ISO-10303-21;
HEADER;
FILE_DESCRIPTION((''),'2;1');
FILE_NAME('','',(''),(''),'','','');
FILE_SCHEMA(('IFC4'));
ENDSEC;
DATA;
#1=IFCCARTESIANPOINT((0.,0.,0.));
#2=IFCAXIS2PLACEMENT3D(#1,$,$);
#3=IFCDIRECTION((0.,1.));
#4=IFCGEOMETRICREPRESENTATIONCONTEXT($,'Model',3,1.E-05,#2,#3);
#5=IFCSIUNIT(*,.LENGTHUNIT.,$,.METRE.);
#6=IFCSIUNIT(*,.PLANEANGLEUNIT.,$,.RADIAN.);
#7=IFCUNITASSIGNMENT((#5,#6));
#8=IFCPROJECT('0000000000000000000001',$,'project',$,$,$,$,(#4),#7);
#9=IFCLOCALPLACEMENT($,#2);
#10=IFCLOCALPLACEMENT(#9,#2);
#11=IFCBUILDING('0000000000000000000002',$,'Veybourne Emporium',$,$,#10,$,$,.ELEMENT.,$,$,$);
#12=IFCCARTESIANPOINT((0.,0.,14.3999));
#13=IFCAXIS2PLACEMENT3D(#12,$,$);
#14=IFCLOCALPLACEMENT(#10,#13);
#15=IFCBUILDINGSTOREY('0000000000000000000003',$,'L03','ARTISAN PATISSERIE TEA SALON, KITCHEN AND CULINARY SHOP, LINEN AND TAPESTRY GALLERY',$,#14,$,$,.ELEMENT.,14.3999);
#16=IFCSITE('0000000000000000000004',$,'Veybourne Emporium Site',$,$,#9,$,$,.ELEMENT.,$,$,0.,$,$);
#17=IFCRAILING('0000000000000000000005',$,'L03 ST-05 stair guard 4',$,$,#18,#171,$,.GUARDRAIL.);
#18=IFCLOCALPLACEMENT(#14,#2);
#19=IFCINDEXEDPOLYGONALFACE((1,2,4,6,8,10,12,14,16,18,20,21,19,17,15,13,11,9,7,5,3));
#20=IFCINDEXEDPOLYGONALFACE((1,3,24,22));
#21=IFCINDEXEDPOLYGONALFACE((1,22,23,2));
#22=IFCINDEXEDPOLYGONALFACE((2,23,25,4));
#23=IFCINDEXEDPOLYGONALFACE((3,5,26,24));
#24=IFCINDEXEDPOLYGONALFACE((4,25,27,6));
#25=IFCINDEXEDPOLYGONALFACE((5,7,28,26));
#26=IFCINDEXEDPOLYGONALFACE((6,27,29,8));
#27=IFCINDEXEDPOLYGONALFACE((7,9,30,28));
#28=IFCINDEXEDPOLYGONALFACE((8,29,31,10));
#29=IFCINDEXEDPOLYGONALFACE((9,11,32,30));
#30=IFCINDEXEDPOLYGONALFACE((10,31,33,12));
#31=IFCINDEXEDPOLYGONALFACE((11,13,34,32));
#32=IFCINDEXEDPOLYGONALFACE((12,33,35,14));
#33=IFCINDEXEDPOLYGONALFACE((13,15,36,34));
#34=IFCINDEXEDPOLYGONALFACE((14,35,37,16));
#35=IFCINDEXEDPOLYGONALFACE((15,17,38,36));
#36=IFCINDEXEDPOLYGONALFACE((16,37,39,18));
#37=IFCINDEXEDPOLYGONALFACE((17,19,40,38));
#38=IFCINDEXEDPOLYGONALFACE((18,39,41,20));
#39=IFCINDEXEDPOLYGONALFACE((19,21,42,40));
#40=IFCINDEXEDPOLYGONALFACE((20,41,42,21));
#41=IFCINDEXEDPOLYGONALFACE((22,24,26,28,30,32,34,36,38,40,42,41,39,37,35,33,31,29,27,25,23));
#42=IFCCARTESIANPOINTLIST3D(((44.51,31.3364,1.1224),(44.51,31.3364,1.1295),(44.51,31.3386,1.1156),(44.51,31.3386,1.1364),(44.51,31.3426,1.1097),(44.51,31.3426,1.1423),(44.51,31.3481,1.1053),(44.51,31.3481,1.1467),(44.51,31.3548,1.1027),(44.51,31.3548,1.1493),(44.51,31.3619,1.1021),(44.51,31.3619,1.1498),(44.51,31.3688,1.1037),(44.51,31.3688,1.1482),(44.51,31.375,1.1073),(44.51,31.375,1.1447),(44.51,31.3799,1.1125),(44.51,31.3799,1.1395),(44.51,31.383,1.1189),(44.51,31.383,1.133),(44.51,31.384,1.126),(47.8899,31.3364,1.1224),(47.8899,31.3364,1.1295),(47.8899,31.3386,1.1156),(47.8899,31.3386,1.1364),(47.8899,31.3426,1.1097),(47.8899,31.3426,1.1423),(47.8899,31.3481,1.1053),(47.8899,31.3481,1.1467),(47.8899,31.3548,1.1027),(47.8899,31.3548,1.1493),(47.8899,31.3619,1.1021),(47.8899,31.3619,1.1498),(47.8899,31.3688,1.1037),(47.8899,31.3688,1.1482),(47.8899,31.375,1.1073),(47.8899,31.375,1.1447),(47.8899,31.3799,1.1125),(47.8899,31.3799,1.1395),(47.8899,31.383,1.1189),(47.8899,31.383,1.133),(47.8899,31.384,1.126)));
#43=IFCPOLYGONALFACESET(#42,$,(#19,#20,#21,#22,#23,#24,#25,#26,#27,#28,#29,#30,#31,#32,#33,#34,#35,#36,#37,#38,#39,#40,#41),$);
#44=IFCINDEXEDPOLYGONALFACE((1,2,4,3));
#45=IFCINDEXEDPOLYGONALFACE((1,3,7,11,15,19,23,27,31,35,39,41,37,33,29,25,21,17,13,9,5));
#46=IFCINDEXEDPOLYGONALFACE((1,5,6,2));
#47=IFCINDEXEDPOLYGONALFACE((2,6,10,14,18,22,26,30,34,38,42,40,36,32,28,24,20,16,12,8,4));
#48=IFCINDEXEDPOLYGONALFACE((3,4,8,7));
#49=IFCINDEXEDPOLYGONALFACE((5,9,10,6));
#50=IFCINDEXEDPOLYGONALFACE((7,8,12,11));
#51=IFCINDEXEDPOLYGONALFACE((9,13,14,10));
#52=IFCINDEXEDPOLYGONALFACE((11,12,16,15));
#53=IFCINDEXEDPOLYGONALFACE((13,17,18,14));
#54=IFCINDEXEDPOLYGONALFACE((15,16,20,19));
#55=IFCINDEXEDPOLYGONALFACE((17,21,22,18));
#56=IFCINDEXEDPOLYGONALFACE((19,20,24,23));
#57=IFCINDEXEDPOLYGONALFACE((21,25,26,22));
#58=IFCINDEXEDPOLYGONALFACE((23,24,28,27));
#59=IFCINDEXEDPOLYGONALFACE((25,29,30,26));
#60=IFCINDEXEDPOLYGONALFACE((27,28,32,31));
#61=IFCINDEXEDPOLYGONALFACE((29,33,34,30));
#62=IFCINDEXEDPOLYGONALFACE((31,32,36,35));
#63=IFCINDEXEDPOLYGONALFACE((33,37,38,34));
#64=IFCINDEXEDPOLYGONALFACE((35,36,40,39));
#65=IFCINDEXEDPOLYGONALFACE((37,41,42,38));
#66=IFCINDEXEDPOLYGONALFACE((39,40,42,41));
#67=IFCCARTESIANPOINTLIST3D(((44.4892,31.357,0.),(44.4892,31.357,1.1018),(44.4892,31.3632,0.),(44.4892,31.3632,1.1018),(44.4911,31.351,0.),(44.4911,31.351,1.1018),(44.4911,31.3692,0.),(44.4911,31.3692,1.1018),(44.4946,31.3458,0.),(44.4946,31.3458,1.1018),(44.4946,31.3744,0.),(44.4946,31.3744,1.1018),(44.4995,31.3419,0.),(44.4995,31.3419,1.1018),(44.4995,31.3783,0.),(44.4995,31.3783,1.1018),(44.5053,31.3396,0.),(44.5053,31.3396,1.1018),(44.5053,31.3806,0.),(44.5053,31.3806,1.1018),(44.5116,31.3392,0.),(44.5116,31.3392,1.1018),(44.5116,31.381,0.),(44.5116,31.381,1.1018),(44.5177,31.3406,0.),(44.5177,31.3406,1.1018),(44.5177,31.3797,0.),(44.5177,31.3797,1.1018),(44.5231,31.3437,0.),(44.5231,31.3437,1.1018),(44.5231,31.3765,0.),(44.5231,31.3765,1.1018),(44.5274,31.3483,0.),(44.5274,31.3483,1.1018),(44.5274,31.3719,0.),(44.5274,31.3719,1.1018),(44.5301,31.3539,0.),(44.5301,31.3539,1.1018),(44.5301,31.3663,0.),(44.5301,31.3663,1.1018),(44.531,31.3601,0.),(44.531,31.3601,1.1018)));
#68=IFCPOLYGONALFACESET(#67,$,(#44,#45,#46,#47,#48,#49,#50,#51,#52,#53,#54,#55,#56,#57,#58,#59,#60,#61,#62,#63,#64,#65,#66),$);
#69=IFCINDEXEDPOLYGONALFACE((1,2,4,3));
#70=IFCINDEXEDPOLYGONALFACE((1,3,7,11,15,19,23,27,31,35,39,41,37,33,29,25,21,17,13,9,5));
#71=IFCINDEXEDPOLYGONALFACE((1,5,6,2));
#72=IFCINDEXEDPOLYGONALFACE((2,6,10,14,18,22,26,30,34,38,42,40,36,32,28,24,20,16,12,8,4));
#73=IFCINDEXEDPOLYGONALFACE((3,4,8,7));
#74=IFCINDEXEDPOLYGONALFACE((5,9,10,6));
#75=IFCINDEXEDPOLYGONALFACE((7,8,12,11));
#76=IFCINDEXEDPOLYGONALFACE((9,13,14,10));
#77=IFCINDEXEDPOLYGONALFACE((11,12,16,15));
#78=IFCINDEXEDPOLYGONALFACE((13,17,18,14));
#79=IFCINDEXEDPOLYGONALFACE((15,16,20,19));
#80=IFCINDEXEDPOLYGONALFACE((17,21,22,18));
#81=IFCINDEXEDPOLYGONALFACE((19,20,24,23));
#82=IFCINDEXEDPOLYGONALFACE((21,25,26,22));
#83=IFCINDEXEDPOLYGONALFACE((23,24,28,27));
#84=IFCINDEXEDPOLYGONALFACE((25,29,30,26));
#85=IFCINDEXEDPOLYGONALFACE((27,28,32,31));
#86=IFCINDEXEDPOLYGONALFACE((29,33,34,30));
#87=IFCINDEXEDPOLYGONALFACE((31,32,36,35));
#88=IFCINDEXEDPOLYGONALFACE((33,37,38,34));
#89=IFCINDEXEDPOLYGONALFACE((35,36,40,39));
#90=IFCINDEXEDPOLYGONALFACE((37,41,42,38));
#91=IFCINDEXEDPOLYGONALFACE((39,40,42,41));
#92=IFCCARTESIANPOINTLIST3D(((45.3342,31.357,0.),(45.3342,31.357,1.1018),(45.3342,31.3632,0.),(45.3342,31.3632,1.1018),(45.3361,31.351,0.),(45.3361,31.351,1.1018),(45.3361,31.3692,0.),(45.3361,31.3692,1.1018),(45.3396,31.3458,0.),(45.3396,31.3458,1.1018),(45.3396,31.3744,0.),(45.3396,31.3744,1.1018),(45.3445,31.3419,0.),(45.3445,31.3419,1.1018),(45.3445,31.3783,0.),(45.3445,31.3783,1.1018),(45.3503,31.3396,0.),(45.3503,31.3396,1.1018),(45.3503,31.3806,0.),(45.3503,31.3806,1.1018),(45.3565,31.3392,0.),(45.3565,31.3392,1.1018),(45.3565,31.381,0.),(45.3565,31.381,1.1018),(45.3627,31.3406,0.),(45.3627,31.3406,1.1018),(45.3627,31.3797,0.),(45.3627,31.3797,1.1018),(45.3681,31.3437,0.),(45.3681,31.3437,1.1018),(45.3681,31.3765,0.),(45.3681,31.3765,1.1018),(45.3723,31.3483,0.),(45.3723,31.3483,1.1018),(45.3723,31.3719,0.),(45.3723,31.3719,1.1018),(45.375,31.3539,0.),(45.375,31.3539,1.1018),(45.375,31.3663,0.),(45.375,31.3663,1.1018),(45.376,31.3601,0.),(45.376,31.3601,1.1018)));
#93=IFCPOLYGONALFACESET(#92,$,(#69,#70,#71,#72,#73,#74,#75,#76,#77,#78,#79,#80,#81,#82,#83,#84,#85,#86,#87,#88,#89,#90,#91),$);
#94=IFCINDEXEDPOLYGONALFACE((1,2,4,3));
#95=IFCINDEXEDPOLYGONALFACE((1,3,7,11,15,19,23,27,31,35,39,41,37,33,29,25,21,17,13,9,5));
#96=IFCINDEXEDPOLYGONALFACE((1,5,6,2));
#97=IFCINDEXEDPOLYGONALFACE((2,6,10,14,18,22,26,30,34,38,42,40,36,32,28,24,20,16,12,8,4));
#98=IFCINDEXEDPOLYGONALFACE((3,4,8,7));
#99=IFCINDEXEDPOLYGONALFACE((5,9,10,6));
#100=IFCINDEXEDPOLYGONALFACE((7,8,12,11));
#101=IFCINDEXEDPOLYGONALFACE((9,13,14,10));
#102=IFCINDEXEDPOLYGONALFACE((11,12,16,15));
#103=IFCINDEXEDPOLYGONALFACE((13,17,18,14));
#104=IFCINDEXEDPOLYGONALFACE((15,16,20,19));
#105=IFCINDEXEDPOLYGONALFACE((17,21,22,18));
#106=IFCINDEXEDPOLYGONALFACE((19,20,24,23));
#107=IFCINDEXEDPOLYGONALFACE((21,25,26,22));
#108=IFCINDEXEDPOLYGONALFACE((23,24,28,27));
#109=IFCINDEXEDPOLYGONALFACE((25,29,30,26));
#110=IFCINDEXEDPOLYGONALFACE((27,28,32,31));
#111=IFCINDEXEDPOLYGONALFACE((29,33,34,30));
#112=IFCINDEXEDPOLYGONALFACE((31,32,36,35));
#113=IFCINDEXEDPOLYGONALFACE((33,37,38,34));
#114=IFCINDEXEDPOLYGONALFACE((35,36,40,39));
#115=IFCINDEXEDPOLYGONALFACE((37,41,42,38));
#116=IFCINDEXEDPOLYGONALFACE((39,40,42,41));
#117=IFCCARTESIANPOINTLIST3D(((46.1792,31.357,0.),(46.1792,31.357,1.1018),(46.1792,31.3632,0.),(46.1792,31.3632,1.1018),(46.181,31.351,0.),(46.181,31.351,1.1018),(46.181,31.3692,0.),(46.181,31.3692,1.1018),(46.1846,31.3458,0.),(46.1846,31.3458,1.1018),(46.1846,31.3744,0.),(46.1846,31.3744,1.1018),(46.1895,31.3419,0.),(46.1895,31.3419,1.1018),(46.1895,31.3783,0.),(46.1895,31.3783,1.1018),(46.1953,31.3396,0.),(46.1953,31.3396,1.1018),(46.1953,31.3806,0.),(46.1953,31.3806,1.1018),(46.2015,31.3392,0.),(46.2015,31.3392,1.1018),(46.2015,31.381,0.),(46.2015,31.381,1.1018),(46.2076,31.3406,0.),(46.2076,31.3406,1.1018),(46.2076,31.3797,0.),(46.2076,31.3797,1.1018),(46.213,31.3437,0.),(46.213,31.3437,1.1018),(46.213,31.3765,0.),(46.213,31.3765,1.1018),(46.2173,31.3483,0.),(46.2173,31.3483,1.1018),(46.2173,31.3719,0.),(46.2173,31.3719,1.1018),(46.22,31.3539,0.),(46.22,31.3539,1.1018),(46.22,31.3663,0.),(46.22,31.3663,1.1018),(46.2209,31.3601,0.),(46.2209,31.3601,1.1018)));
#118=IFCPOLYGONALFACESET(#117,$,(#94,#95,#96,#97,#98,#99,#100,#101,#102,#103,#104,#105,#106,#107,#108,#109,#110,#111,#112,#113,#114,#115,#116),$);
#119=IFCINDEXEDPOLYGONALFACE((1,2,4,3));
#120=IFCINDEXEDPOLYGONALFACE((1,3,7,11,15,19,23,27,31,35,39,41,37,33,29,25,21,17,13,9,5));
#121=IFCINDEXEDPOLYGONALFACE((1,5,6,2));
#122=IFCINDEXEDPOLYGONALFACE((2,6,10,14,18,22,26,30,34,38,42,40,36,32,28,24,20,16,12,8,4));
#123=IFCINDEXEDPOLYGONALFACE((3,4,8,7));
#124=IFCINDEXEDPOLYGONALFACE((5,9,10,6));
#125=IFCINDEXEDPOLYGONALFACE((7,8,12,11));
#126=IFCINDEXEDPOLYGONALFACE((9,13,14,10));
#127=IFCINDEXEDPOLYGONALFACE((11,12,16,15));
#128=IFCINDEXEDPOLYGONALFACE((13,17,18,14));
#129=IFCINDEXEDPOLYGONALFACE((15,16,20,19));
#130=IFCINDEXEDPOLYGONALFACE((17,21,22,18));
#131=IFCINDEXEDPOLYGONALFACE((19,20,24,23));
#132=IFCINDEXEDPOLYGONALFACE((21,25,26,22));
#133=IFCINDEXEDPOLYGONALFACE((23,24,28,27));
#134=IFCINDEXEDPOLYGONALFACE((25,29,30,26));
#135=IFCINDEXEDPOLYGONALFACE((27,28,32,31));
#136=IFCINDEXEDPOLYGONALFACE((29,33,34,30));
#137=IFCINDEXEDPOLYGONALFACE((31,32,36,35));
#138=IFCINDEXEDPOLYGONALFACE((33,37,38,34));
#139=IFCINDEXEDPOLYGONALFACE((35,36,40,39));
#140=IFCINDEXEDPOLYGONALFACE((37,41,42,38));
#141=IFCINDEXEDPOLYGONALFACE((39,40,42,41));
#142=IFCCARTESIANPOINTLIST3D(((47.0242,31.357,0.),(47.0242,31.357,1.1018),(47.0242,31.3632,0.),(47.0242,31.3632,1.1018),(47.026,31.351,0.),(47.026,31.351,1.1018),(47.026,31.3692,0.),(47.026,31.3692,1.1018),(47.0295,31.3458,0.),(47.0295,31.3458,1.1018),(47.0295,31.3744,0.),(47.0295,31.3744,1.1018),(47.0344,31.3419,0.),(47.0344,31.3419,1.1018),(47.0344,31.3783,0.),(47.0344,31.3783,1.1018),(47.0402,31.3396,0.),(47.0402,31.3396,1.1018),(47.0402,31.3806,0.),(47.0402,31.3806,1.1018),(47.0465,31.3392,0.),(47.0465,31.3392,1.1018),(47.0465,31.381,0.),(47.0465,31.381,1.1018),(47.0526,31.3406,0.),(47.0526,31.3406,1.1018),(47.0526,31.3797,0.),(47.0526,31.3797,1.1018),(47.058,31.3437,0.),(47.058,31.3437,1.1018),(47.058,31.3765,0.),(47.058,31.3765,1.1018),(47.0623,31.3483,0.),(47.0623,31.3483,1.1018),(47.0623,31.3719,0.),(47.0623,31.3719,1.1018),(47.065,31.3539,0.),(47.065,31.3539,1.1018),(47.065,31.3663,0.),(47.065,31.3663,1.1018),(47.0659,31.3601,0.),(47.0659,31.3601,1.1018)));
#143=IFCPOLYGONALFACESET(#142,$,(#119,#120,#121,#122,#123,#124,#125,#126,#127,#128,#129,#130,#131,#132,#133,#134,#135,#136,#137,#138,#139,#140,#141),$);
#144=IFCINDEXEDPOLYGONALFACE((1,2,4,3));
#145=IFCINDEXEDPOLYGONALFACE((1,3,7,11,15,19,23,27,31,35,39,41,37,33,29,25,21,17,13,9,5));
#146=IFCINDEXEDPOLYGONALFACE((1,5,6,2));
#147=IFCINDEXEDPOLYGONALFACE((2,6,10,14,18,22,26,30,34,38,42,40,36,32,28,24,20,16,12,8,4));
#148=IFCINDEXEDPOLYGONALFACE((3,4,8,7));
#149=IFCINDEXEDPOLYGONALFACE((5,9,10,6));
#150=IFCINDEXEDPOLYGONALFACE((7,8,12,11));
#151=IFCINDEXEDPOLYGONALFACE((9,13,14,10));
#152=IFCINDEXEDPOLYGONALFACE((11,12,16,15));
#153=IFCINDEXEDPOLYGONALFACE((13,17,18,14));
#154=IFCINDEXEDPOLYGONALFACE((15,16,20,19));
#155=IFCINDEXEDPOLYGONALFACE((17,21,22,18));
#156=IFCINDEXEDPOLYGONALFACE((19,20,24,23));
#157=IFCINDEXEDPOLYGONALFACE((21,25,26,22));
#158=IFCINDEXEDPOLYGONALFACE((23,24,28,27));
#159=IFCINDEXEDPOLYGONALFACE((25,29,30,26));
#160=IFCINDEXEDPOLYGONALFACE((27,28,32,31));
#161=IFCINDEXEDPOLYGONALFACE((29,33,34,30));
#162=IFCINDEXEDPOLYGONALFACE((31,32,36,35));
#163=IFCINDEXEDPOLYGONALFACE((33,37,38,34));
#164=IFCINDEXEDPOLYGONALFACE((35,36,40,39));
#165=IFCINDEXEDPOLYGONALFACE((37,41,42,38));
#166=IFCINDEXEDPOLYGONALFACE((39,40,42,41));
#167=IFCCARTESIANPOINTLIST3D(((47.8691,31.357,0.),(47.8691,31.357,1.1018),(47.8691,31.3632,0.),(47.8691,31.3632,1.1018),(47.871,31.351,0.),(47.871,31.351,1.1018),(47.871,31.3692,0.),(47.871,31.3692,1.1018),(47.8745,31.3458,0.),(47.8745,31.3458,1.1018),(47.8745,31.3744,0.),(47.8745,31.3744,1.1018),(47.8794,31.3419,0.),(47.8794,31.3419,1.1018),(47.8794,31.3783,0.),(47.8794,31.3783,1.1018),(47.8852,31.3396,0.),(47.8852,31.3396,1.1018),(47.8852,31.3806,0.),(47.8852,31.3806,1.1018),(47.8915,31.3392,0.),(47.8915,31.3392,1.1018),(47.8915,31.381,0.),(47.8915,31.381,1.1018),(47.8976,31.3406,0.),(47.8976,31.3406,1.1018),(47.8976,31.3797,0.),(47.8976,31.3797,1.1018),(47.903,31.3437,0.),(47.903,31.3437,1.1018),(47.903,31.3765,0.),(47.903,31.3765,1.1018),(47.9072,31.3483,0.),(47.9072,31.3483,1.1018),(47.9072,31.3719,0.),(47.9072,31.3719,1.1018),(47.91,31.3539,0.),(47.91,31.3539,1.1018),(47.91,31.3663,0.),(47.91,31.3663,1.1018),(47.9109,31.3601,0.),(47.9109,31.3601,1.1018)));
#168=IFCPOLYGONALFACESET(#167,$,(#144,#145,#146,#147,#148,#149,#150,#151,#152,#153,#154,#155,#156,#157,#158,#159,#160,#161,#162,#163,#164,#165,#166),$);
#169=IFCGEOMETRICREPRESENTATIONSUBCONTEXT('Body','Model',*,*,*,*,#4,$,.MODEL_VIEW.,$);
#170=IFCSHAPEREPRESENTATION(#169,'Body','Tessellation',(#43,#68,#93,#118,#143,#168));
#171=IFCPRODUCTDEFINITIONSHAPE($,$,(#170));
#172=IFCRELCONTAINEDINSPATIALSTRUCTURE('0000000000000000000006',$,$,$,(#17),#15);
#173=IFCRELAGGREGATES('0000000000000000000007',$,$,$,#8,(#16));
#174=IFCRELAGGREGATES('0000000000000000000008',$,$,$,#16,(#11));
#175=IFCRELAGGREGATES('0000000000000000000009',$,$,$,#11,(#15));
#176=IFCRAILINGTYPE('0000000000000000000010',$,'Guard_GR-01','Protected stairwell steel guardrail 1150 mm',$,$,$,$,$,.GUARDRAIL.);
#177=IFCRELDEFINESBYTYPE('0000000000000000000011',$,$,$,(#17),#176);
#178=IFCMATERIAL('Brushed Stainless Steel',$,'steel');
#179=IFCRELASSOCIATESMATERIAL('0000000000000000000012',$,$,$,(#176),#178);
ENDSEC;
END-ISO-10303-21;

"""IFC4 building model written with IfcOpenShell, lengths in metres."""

from ifc_helpers import new_model, si_unit, direction, frame, origin, origin_2d, place, context, subcontext, project, spatial, circle, extrude, material, type_object, element, save


model = new_model("IFC4")

# Units and contexts
model_context = context("Model", 3, precision=1e-05, world=origin(), true_north=direction((0.0, 1.0)))
body_context = subcontext(model_context, "Body", "Model", "MODEL_VIEW")
ifc_project = project(units=[si_unit("LENGTHUNIT", "METRE"), si_unit("PLANEANGLEUNIT", "RADIAN")], contexts=[model_context])

# Site, building, storey
site_placement = place(None, origin())
site = spatial("IfcSite", under=ifc_project, at=site_placement, Name="Veybourne Emporium Site", CompositionType="ELEMENT", RefElevation=0.0)
building_placement = place(site_placement, origin())
building = spatial("IfcBuilding", under=site, at=building_placement, Name="Veybourne Emporium", CompositionType="ELEMENT")
storey_placement = place(building_placement, frame((0.0, 0.0, 14.3999)))
storey = spatial("IfcBuildingStorey", under=building, at=storey_placement, Name="L03", Description="ARTISAN PATISSERIE TEA SALON, KITCHEN AND CULINARY SHOP, LINEN AND TAPESTRY GALLERY", CompositionType="ELEMENT", Elevation=14.3999)

# Railing
ifc_material_1 = material(Name="Brushed Stainless Steel", Category="steel")
railing_type = type_object("IfcRailingType", Name="Guard_GR-01", Description="Protected stairwell steel guardrail 1150 mm", PredefinedType="GUARDRAIL", material=ifc_material_1)
railing_placement = place(storey_placement, frame((44.51, 31.3601, 0.0)))
element("IfcRailing", 1, at=railing_placement, inside=storey, type_object=railing_type, Name="L03 ST-05 stair guard 4", PredefinedType="GUARDRAIL", context=body_context, shape_type="SweptSolid", body=[
    extrude(circle(Radius=0.0239, at=origin_2d()), frame((0.0, 0.0, 1.126), z_axis=(1.0, 0.0, 0.0), x_axis=(0.0, 1.0, 0.0)), (0.0, 0.0, 1.0), 3.3799),
    extrude(circle(Radius=0.021, at=origin_2d()), origin(), (0.0, 0.0, 1.0), 1.1018),
    extrude(circle(Radius=0.021, at=origin_2d()), frame((0.845, 0.0, 0.0)), (0.0, 0.0, 1.0), 1.1018),
    extrude(circle(Radius=0.021, at=origin_2d()), frame((1.6899, 0.0, 0.0)), (0.0, 0.0, 1.0), 1.1018),
    extrude(circle(Radius=0.021, at=origin_2d()), frame((2.5349, 0.0, 0.0)), (0.0, 0.0, 1.0), 1.1018),
    extrude(circle(Radius=0.021, at=origin_2d()), frame((3.3799, 0.0, 0.0)), (0.0, 0.0, 1.0), 1.1018),
])

save(model, "model.ifc")
